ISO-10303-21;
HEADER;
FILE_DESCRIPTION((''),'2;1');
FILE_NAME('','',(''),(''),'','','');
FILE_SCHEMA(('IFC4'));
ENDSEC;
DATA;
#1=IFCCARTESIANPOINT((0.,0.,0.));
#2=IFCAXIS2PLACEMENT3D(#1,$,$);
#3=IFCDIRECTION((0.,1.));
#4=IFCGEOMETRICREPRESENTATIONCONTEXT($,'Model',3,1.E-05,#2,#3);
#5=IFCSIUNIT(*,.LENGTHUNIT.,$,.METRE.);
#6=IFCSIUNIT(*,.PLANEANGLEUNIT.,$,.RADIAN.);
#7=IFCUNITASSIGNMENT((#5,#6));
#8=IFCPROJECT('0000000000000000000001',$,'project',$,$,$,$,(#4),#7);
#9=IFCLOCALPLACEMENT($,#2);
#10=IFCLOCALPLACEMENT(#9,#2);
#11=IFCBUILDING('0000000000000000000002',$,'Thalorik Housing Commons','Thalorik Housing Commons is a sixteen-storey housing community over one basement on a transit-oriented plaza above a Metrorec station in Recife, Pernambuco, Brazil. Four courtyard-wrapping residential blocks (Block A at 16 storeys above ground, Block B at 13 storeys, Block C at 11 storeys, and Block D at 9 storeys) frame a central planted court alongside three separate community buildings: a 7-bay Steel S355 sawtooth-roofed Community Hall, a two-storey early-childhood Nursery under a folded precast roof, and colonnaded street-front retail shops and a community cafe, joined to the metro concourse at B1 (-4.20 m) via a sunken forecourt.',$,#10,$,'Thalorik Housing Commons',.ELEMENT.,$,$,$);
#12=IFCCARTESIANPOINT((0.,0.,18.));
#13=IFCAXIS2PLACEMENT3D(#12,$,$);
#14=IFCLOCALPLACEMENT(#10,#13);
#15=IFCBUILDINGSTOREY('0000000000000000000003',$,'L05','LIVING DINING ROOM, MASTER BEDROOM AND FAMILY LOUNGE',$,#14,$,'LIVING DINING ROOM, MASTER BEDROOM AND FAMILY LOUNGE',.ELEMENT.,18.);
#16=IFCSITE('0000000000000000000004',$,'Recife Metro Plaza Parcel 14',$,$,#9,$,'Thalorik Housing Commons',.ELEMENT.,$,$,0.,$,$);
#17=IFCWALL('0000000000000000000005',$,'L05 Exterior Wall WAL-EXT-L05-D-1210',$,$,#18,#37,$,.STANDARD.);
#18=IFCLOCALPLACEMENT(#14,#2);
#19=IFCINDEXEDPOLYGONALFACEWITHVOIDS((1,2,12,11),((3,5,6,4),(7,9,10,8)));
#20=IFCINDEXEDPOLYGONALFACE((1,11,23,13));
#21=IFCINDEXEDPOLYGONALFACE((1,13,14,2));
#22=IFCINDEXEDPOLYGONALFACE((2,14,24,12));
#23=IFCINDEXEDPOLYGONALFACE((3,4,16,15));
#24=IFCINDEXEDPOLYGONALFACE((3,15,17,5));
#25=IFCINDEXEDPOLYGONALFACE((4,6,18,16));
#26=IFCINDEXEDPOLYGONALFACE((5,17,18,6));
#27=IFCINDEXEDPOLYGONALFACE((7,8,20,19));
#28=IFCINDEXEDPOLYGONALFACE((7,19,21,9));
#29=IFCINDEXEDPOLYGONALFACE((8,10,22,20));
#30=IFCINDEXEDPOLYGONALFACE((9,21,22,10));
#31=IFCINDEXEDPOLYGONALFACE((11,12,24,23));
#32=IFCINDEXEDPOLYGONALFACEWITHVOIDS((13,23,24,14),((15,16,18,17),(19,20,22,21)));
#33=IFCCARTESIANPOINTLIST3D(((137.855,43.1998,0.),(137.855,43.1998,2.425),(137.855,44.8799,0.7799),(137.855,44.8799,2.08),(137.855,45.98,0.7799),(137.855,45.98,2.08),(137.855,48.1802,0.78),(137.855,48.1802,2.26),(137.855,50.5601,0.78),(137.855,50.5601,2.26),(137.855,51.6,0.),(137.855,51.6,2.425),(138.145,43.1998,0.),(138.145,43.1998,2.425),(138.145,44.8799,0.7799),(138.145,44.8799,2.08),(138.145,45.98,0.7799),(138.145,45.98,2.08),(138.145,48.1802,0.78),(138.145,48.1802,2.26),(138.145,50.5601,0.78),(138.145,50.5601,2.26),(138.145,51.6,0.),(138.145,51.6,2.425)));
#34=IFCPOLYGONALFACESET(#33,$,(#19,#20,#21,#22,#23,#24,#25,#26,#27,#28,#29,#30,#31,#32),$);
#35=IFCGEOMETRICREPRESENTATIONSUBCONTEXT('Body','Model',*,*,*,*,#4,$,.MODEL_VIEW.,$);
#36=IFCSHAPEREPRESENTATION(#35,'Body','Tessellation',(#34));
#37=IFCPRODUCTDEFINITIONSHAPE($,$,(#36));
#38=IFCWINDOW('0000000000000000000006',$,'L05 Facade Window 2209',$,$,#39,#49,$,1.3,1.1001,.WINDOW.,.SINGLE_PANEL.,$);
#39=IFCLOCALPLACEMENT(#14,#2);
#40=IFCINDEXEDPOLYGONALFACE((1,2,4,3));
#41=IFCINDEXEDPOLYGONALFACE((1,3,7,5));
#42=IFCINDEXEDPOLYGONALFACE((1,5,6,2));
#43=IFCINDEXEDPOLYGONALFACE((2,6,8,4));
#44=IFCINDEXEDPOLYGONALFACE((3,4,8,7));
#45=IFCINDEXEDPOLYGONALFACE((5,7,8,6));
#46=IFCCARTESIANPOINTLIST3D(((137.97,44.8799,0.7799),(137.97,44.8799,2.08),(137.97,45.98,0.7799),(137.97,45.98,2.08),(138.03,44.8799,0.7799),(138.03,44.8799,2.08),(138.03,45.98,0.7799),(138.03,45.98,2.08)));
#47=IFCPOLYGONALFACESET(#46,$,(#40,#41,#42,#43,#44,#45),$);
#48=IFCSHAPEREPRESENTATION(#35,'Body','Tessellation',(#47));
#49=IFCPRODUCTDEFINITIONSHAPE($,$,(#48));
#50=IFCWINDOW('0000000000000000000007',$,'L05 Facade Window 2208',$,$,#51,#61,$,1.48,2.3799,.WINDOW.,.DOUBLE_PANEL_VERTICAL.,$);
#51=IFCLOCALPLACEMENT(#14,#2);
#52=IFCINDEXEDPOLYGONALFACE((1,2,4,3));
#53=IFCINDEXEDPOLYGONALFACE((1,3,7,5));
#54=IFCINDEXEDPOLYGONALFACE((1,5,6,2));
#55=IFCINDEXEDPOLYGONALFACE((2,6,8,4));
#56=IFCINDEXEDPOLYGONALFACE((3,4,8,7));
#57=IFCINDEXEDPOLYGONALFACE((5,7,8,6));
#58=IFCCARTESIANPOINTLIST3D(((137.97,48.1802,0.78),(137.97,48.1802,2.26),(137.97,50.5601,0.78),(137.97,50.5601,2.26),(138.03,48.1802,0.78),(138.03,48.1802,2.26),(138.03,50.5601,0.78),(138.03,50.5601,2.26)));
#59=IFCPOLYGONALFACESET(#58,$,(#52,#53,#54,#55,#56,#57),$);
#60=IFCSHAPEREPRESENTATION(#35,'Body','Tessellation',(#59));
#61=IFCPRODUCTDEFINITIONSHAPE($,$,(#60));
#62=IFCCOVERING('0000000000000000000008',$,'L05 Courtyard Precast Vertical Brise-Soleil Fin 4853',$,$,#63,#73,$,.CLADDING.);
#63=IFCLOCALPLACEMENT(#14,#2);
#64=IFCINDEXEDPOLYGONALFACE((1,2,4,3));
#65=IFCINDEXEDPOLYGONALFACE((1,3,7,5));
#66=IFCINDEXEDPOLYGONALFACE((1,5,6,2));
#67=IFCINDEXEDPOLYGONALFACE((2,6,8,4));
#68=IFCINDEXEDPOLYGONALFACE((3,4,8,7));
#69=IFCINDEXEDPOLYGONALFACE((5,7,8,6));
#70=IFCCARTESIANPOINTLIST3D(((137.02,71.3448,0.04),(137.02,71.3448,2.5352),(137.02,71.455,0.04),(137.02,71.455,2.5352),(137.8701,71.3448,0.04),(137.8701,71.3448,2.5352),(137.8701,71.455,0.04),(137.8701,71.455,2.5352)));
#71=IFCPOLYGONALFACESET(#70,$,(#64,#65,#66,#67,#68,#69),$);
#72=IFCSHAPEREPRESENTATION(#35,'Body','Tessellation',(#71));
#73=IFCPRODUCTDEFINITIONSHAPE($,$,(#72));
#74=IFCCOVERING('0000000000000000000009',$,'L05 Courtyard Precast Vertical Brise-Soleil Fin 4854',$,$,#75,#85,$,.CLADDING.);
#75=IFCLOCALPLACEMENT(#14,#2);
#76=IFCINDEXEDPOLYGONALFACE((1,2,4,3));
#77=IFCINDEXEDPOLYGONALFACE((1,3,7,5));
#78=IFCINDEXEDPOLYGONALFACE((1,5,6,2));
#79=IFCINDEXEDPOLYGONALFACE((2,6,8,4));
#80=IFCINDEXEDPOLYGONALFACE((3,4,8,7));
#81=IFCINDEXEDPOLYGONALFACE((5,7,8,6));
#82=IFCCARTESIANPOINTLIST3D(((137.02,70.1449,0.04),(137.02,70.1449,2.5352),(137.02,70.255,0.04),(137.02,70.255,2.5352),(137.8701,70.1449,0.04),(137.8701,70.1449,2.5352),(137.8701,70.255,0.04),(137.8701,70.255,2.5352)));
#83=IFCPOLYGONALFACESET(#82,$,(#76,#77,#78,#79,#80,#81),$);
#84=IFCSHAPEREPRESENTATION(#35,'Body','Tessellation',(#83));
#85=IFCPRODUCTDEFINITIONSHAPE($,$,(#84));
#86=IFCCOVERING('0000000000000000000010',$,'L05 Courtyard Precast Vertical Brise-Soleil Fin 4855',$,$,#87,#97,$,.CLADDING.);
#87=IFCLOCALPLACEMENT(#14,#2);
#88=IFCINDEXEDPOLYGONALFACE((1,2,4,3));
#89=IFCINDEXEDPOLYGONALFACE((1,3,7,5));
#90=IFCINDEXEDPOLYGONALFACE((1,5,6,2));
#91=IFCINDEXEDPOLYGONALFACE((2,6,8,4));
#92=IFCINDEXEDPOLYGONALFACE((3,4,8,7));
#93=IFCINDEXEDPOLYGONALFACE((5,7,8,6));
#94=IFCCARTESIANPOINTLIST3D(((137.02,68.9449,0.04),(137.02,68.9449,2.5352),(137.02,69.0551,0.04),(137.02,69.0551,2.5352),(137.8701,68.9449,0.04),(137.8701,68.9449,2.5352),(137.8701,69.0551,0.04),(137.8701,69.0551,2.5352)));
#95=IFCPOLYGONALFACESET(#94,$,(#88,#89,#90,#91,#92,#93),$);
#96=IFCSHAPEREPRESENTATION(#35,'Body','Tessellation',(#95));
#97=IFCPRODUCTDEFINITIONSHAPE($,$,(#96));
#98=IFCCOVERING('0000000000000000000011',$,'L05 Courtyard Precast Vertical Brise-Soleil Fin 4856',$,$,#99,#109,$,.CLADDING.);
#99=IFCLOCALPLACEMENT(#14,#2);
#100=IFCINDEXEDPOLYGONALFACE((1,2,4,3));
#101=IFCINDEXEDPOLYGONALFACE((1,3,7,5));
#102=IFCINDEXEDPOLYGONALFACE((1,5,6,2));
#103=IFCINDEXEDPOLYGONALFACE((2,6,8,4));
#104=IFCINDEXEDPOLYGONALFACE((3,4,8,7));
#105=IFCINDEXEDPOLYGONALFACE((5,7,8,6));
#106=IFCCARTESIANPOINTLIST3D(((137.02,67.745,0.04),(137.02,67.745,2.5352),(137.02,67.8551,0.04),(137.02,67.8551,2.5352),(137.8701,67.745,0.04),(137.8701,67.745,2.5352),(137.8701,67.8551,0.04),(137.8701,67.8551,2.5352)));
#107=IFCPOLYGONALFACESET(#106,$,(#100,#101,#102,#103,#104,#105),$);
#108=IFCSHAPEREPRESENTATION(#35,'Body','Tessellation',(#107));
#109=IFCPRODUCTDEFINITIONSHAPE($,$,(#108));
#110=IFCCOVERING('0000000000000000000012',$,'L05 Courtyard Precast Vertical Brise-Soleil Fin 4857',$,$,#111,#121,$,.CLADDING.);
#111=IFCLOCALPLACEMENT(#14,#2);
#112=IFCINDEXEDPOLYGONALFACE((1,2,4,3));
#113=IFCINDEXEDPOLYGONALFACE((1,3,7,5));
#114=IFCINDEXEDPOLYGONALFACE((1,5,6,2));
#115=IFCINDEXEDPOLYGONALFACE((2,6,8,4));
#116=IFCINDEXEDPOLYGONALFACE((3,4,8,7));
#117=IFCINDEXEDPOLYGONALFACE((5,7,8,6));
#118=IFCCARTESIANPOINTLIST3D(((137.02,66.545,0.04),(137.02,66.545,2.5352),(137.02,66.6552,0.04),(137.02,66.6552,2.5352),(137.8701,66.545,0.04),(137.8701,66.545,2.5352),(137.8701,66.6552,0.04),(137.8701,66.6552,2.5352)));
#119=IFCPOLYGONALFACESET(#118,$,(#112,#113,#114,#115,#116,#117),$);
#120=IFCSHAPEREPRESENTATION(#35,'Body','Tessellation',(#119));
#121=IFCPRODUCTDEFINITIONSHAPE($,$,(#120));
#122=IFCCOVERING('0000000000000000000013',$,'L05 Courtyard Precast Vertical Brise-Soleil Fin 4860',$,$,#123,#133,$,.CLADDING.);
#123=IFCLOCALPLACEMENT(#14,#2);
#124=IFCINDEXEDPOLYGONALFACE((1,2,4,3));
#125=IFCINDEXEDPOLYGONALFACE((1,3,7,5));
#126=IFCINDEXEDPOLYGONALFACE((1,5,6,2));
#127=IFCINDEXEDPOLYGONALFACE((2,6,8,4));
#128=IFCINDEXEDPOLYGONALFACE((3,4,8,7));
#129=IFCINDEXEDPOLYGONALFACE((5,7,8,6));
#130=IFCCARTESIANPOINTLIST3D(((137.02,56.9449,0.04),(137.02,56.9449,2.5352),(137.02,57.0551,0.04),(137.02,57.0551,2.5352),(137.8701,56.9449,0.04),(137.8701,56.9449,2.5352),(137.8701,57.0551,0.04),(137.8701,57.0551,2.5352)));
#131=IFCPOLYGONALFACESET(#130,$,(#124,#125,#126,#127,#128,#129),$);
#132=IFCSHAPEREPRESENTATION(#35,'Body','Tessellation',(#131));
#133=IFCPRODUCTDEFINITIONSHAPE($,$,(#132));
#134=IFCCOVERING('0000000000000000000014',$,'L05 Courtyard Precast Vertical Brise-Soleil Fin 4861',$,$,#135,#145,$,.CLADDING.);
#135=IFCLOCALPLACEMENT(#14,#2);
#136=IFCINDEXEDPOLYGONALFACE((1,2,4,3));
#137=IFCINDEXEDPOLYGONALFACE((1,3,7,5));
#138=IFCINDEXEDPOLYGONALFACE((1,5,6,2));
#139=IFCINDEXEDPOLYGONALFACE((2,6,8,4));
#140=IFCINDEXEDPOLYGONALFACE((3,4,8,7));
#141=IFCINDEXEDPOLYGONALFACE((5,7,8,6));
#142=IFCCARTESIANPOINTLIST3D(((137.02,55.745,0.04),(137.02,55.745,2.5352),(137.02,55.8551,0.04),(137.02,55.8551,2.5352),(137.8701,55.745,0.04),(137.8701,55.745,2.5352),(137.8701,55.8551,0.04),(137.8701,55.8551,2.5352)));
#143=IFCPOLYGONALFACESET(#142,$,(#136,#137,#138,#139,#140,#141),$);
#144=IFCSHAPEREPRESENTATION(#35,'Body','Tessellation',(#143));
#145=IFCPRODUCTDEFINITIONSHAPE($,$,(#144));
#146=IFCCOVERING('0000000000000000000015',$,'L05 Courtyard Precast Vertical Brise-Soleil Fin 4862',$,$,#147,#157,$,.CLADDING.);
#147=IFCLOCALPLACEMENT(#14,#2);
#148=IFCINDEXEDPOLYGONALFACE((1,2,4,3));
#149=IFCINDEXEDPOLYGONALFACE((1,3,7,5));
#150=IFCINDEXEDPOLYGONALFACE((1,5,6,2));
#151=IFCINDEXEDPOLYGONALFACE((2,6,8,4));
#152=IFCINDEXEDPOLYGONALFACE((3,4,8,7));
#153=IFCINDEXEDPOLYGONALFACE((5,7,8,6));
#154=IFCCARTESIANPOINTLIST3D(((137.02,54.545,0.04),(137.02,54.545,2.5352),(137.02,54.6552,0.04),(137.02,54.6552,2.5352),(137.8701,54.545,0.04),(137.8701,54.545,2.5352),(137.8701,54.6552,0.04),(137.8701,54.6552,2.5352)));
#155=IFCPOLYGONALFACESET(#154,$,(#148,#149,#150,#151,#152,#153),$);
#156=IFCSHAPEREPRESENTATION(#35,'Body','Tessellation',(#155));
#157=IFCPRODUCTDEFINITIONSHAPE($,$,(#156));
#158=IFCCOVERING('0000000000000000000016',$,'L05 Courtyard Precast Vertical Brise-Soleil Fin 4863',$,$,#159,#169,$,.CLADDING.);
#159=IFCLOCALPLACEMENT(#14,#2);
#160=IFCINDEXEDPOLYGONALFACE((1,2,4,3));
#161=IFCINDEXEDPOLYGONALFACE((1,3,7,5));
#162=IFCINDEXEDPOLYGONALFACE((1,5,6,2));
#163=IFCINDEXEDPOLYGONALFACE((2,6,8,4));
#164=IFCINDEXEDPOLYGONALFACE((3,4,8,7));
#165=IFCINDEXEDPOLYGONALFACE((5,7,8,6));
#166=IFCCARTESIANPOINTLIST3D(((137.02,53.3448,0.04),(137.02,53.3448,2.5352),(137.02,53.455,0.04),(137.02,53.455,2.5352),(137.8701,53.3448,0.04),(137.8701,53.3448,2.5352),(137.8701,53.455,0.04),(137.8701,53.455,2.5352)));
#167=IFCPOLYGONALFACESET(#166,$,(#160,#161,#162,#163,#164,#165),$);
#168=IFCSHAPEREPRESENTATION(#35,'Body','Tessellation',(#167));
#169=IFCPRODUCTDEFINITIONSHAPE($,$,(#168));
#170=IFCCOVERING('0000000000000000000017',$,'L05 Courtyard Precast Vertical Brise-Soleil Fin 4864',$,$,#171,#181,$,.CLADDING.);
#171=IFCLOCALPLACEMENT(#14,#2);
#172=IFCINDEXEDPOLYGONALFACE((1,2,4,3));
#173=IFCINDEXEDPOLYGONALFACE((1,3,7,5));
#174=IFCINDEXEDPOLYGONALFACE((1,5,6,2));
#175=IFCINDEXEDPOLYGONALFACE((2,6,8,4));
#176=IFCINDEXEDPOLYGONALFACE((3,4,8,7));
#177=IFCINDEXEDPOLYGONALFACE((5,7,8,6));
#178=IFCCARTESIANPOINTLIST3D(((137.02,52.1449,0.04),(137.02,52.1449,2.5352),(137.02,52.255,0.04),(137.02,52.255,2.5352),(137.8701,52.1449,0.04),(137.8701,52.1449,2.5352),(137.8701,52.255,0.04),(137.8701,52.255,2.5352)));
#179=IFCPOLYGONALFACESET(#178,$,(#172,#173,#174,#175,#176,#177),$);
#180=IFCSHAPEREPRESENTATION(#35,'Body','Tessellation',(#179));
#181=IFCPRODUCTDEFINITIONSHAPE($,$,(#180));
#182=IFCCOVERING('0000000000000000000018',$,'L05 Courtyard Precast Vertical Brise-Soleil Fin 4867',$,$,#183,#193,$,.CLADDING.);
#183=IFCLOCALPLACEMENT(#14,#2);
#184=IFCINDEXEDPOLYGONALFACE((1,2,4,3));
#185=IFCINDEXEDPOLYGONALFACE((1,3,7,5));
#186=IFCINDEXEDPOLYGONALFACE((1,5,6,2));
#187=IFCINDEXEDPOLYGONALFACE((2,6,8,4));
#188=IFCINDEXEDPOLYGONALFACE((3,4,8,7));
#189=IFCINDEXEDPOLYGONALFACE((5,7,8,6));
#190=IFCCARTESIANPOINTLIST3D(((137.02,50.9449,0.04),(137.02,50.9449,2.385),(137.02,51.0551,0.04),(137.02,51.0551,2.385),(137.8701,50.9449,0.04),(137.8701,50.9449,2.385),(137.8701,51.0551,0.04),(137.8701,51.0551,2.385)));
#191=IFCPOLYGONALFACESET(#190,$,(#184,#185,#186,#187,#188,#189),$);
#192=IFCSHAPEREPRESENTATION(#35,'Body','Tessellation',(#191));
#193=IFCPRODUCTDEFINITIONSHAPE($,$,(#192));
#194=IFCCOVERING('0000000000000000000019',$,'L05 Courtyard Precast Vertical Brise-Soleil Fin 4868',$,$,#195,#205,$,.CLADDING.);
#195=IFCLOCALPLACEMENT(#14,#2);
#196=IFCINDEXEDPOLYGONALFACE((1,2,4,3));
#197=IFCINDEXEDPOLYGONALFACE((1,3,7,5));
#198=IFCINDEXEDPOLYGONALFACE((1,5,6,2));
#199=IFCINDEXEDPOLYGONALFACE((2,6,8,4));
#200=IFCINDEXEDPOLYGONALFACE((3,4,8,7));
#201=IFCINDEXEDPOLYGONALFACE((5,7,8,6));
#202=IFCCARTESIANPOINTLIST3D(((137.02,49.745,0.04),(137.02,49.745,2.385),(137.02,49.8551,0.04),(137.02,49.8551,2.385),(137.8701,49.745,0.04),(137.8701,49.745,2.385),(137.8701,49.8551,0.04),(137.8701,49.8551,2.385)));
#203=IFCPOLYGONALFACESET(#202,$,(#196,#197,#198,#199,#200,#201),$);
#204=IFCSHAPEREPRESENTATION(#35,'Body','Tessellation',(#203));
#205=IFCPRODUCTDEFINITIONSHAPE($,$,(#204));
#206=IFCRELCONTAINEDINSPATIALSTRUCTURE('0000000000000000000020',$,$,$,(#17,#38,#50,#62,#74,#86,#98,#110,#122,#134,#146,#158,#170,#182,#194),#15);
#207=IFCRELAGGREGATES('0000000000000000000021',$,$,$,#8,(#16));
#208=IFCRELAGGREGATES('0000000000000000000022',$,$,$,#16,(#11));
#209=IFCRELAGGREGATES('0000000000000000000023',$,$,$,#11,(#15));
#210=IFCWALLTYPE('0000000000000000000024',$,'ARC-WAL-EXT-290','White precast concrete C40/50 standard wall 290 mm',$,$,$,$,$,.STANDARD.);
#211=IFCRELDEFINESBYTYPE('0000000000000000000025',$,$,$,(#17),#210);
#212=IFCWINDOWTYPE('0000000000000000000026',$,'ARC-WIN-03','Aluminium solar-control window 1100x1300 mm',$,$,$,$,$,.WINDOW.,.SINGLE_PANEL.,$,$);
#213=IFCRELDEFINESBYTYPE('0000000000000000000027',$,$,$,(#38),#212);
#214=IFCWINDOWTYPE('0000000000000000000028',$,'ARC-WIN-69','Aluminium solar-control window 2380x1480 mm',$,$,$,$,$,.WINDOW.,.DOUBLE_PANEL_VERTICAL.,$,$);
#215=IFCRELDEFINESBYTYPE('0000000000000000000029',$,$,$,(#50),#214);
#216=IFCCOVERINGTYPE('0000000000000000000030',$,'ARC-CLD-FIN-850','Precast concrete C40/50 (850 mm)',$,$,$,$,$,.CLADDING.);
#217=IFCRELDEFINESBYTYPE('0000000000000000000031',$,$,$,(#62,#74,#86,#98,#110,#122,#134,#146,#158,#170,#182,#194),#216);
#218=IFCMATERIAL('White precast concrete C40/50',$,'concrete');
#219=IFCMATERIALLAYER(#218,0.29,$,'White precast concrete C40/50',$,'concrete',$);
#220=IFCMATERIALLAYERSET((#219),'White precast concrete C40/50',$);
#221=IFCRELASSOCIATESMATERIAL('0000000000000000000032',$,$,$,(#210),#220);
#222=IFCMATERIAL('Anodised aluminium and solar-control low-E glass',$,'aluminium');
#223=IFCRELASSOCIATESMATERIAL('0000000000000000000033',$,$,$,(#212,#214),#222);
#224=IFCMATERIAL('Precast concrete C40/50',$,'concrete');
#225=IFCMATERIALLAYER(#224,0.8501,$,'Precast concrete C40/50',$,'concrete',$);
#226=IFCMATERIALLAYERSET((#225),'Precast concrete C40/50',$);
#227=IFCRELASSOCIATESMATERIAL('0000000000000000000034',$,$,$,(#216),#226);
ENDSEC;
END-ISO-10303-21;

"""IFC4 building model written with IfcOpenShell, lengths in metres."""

from ifc_helpers import new_model, si_unit, direction, frame, frame_2d, origin, origin_2d, place, context, subcontext, project, spatial, rectangle, extrude, material, layer, layer_set, type_object, element, fill, save


model = new_model("IFC4")

# Units and contexts
model_context = context("Model", 3, precision=1e-05, world=origin(), true_north=direction((0.0, 1.0)))
body_context = subcontext(model_context, "Body", "Model", "MODEL_VIEW")
ifc_project = project(units=[si_unit("LENGTHUNIT", "METRE"), si_unit("PLANEANGLEUNIT", "RADIAN")], contexts=[model_context])

# Site, building, storey
site_placement = place(None, origin())
site = spatial("IfcSite", under=ifc_project, at=site_placement, Name="Recife Metro Plaza Parcel 14", LongName="Thalorik Housing Commons", CompositionType="ELEMENT", RefElevation=0.0)
building_placement = place(site_placement, origin())
building = spatial("IfcBuilding", under=site, at=building_placement, Name="Thalorik Housing Commons", Description="Thalorik Housing Commons is a sixteen-storey housing community over one basement on a transit-oriented plaza above a Metrorec station in Recife, Pernambuco, Brazil. Four courtyard-wrapping residential blocks (Block A at 16 storeys above ground, Block B at 13 storeys, Block C at 11 storeys, and Block D at 9 storeys) frame a central planted court alongside three separate community buildings: a 7-bay Steel S355 sawtooth-roofed Community Hall, a two-storey early-childhood Nursery under a folded precast roof, and colonnaded street-front retail shops and a community cafe, joined to the metro concourse at B1 (-4.20 m) via a sunken forecourt.", LongName="Thalorik Housing Commons", CompositionType="ELEMENT")
storey_placement = place(building_placement, frame((0.0, 0.0, 18.0)))
storey = spatial("IfcBuildingStorey", under=building, at=storey_placement, Name="L05", Description="LIVING DINING ROOM, MASTER BEDROOM AND FAMILY LOUNGE", LongName="LIVING DINING ROOM, MASTER BEDROOM AND FAMILY LOUNGE", CompositionType="ELEMENT", Elevation=18.0)

# Shared definitions
ifc_material_1 = material(Name="Precast concrete C40/50", Category="concrete")

# Wall, openings, windows
ifc_material_2 = material(Name="White precast concrete C40/50", Category="concrete")
ifc_layer_1 = layer(ifc_material_2, 0.29, Name="White precast concrete C40/50", Category="concrete")
ifc_layer_set_1 = layer_set([ifc_layer_1], Name="White precast concrete C40/50")
wall_type = type_object("IfcWallType", Name="ARC-WAL-EXT-290", Description="White precast concrete C40/50 standard wall 290 mm", PredefinedType="STANDARD", material=ifc_layer_set_1)
ifc_material_3 = material(Name="Anodised aluminium and solar-control low-E glass", Category="aluminium")
wall_1_placement = place(storey_placement, frame((138.0, 51.6001, 0.0), z_axis=(0.0, 0.0, 1.0), x_axis=(0.0, -1.0, 0.0)))
wall_1 = element("IfcWall", 1, at=wall_1_placement, inside=storey, type_object=wall_type, Name="L05 Exterior Wall WAL-EXT-L05-D-1210", PredefinedType="STANDARD", context=body_context, shape_type="SweptSolid", body=[
    extrude(rectangle(XDim=8.4001, YDim=0.29, at=frame_2d((4.2002, 0.0))), origin(), (0.0, 0.0, 1.0), 2.425),
])
opening_1_placement = place(wall_1_placement, frame((1.04, 0.0, 0.78)))
opening_1 = element("IfcOpeningElement", 2, at=opening_1_placement, cuts=wall_1, PredefinedType="OPENING", context=body_context, shape_type="SweptSolid", body=[
    extrude(rectangle(XDim=2.3799, YDim=1.48, at=frame_2d((1.1899, 0.74))), frame((0.0, 0.155, 0.0), z_axis=(0.0, -1.0, 0.0), x_axis=(1.0, 0.0, 0.0)), (0.0, 0.0, 1.0), 0.3101),
])
opening_2_placement = place(wall_1_placement, frame((5.6201, 0.0, 0.78)))
opening_2 = element("IfcOpeningElement", 3, at=opening_2_placement, cuts=wall_1, PredefinedType="OPENING", context=body_context, shape_type="SweptSolid", body=[
    extrude(rectangle(XDim=1.1001, YDim=1.3, at=frame_2d((0.55, 0.6499))), frame((0.0, 0.155, 0.0), z_axis=(0.0, -1.0, 0.0), x_axis=(1.0, 0.0, 0.0)), (0.0, 0.0, 1.0), 0.3101),
])
window_type_1 = type_object("IfcWindowType", Name="ARC-WIN-03", Description="Aluminium solar-control window 1100x1300 mm", PartitioningType="SINGLE_PANEL", PredefinedType="WINDOW", material=ifc_material_3)
window_1_placement = place(opening_2_placement, origin())
window_1 = element("IfcWindow", 4, at=window_1_placement, inside=storey, type_object=window_type_1, Name="L05 Facade Window 2209", OverallHeight=1.3, OverallWidth=1.1001, PartitioningType="SINGLE_PANEL", PredefinedType="WINDOW", context=body_context, shape_type="SweptSolid", body=[
    extrude(rectangle(XDim=1.1001, YDim=1.3, at=frame_2d((0.55, 0.6499))), frame((0.0, 0.03, 0.0), z_axis=(0.0, -1.0, 0.0), x_axis=(1.0, 0.0, 0.0)), (0.0, 0.0, 1.0), 0.0601),
])
fill(opening_2, window_1)
window_type_2 = type_object("IfcWindowType", Name="ARC-WIN-69", Description="Aluminium solar-control window 2380x1480 mm", PartitioningType="DOUBLE_PANEL_VERTICAL", PredefinedType="WINDOW", material=ifc_material_3)
window_2_placement = place(opening_1_placement, origin())
window_2 = element("IfcWindow", 5, at=window_2_placement, inside=storey, type_object=window_type_2, Name="L05 Facade Window 2208", OverallHeight=1.48, OverallWidth=2.3799, PartitioningType="DOUBLE_PANEL_VERTICAL", PredefinedType="WINDOW", context=body_context, shape_type="SweptSolid", body=[
    extrude(rectangle(XDim=2.3799, YDim=1.48, at=frame_2d((1.1899, 0.74))), frame((0.0, 0.03, 0.0), z_axis=(0.0, -1.0, 0.0), x_axis=(1.0, 0.0, 0.0)), (0.0, 0.0, 1.0), 0.0601),
])
fill(opening_1, window_2)

# Coverings
ifc_layer_2 = layer(ifc_material_1, 0.8501, Name="Precast concrete C40/50", Category="concrete")
ifc_layer_set_2 = layer_set([ifc_layer_2], Name="Precast concrete C40/50")
covering_type_1 = type_object("IfcCoveringType", Name="ARC-CLD-FIN-850", Description="Precast concrete C40/50 (850 mm)", PredefinedType="CLADDING", material=ifc_layer_set_2)
for number, where, z_axis, x_axis, name in (
    (6, (137.4451, 71.3999, 0.04), (0.0, 0.0, 1.0), (0.0, -1.0, 0.0), "L05 Courtyard Precast Vertical Brise-Soleil Fin 4853"),
    (7, (137.4451, 70.2, 0.04), (0.0, 0.0, 1.0), (0.0, -1.0, 0.0), "L05 Courtyard Precast Vertical Brise-Soleil Fin 4854"),
    (8, (137.4451, 69.0, 0.04), (0.0, 0.0, 1.0), (0.0, -1.0, 0.0), "L05 Courtyard Precast Vertical Brise-Soleil Fin 4855"),
    (9, (137.4451, 67.8, 0.04), (0.0, 0.0, 1.0), (0.0, -1.0, 0.0), "L05 Courtyard Precast Vertical Brise-Soleil Fin 4856"),
    (10, (137.4451, 66.6001, 0.04), (0.0, 0.0, 1.0), (0.0, -1.0, 0.0), "L05 Courtyard Precast Vertical Brise-Soleil Fin 4857"),
    (11, (137.4451, 57.0, 0.04), (0.0, 0.0, 1.0), (0.0, -1.0, 0.0), "L05 Courtyard Precast Vertical Brise-Soleil Fin 4860"),
    (12, (137.4451, 55.8, 0.04), (0.0, 0.0, 1.0), (0.0, -1.0, 0.0), "L05 Courtyard Precast Vertical Brise-Soleil Fin 4861"),
    (13, (137.4451, 54.6001, 0.04), (0.0, 0.0, 1.0), (0.0, -1.0, 0.0), "L05 Courtyard Precast Vertical Brise-Soleil Fin 4862"),
    (14, (137.4451, 53.3999, 0.04), (0.0, 0.0, 1.0), (0.0, -1.0, 0.0), "L05 Courtyard Precast Vertical Brise-Soleil Fin 4863"),
    (15, (137.4451, 52.2, 0.04), (0.0, 0.0, 1.0), (0.0, -1.0, 0.0), "L05 Courtyard Precast Vertical Brise-Soleil Fin 4864"),
):
    element("IfcCovering", number, at=place(storey_placement, frame(where, z_axis=z_axis, x_axis=x_axis)), inside=storey, type_object=covering_type_1, Name=name, PredefinedType="CLADDING", context=body_context, shape_type="SweptSolid", body=[
        extrude(rectangle(XDim=0.1101, YDim=0.8501, at=origin_2d()), origin(), (0.0, 0.0, 1.0), 2.4951),
    ])
for number, where, z_axis, x_axis, name in (
    (16, (137.4451, 51.0, 0.04), (0.0, 0.0, 1.0), (0.0, -1.0, 0.0), "L05 Courtyard Precast Vertical Brise-Soleil Fin 4867"),
    (17, (137.4451, 49.8, 0.04), (0.0, 0.0, 1.0), (0.0, -1.0, 0.0), "L05 Courtyard Precast Vertical Brise-Soleil Fin 4868"),
):
    element("IfcCovering", number, at=place(storey_placement, frame(where, z_axis=z_axis, x_axis=x_axis)), inside=storey, type_object=covering_type_1, Name=name, PredefinedType="CLADDING", context=body_context, shape_type="SweptSolid", body=[
        extrude(rectangle(XDim=0.1101, YDim=0.8501, at=origin_2d()), origin(), (0.0, 0.0, 1.0), 2.345),
    ])

save(model, "model.ifc")
